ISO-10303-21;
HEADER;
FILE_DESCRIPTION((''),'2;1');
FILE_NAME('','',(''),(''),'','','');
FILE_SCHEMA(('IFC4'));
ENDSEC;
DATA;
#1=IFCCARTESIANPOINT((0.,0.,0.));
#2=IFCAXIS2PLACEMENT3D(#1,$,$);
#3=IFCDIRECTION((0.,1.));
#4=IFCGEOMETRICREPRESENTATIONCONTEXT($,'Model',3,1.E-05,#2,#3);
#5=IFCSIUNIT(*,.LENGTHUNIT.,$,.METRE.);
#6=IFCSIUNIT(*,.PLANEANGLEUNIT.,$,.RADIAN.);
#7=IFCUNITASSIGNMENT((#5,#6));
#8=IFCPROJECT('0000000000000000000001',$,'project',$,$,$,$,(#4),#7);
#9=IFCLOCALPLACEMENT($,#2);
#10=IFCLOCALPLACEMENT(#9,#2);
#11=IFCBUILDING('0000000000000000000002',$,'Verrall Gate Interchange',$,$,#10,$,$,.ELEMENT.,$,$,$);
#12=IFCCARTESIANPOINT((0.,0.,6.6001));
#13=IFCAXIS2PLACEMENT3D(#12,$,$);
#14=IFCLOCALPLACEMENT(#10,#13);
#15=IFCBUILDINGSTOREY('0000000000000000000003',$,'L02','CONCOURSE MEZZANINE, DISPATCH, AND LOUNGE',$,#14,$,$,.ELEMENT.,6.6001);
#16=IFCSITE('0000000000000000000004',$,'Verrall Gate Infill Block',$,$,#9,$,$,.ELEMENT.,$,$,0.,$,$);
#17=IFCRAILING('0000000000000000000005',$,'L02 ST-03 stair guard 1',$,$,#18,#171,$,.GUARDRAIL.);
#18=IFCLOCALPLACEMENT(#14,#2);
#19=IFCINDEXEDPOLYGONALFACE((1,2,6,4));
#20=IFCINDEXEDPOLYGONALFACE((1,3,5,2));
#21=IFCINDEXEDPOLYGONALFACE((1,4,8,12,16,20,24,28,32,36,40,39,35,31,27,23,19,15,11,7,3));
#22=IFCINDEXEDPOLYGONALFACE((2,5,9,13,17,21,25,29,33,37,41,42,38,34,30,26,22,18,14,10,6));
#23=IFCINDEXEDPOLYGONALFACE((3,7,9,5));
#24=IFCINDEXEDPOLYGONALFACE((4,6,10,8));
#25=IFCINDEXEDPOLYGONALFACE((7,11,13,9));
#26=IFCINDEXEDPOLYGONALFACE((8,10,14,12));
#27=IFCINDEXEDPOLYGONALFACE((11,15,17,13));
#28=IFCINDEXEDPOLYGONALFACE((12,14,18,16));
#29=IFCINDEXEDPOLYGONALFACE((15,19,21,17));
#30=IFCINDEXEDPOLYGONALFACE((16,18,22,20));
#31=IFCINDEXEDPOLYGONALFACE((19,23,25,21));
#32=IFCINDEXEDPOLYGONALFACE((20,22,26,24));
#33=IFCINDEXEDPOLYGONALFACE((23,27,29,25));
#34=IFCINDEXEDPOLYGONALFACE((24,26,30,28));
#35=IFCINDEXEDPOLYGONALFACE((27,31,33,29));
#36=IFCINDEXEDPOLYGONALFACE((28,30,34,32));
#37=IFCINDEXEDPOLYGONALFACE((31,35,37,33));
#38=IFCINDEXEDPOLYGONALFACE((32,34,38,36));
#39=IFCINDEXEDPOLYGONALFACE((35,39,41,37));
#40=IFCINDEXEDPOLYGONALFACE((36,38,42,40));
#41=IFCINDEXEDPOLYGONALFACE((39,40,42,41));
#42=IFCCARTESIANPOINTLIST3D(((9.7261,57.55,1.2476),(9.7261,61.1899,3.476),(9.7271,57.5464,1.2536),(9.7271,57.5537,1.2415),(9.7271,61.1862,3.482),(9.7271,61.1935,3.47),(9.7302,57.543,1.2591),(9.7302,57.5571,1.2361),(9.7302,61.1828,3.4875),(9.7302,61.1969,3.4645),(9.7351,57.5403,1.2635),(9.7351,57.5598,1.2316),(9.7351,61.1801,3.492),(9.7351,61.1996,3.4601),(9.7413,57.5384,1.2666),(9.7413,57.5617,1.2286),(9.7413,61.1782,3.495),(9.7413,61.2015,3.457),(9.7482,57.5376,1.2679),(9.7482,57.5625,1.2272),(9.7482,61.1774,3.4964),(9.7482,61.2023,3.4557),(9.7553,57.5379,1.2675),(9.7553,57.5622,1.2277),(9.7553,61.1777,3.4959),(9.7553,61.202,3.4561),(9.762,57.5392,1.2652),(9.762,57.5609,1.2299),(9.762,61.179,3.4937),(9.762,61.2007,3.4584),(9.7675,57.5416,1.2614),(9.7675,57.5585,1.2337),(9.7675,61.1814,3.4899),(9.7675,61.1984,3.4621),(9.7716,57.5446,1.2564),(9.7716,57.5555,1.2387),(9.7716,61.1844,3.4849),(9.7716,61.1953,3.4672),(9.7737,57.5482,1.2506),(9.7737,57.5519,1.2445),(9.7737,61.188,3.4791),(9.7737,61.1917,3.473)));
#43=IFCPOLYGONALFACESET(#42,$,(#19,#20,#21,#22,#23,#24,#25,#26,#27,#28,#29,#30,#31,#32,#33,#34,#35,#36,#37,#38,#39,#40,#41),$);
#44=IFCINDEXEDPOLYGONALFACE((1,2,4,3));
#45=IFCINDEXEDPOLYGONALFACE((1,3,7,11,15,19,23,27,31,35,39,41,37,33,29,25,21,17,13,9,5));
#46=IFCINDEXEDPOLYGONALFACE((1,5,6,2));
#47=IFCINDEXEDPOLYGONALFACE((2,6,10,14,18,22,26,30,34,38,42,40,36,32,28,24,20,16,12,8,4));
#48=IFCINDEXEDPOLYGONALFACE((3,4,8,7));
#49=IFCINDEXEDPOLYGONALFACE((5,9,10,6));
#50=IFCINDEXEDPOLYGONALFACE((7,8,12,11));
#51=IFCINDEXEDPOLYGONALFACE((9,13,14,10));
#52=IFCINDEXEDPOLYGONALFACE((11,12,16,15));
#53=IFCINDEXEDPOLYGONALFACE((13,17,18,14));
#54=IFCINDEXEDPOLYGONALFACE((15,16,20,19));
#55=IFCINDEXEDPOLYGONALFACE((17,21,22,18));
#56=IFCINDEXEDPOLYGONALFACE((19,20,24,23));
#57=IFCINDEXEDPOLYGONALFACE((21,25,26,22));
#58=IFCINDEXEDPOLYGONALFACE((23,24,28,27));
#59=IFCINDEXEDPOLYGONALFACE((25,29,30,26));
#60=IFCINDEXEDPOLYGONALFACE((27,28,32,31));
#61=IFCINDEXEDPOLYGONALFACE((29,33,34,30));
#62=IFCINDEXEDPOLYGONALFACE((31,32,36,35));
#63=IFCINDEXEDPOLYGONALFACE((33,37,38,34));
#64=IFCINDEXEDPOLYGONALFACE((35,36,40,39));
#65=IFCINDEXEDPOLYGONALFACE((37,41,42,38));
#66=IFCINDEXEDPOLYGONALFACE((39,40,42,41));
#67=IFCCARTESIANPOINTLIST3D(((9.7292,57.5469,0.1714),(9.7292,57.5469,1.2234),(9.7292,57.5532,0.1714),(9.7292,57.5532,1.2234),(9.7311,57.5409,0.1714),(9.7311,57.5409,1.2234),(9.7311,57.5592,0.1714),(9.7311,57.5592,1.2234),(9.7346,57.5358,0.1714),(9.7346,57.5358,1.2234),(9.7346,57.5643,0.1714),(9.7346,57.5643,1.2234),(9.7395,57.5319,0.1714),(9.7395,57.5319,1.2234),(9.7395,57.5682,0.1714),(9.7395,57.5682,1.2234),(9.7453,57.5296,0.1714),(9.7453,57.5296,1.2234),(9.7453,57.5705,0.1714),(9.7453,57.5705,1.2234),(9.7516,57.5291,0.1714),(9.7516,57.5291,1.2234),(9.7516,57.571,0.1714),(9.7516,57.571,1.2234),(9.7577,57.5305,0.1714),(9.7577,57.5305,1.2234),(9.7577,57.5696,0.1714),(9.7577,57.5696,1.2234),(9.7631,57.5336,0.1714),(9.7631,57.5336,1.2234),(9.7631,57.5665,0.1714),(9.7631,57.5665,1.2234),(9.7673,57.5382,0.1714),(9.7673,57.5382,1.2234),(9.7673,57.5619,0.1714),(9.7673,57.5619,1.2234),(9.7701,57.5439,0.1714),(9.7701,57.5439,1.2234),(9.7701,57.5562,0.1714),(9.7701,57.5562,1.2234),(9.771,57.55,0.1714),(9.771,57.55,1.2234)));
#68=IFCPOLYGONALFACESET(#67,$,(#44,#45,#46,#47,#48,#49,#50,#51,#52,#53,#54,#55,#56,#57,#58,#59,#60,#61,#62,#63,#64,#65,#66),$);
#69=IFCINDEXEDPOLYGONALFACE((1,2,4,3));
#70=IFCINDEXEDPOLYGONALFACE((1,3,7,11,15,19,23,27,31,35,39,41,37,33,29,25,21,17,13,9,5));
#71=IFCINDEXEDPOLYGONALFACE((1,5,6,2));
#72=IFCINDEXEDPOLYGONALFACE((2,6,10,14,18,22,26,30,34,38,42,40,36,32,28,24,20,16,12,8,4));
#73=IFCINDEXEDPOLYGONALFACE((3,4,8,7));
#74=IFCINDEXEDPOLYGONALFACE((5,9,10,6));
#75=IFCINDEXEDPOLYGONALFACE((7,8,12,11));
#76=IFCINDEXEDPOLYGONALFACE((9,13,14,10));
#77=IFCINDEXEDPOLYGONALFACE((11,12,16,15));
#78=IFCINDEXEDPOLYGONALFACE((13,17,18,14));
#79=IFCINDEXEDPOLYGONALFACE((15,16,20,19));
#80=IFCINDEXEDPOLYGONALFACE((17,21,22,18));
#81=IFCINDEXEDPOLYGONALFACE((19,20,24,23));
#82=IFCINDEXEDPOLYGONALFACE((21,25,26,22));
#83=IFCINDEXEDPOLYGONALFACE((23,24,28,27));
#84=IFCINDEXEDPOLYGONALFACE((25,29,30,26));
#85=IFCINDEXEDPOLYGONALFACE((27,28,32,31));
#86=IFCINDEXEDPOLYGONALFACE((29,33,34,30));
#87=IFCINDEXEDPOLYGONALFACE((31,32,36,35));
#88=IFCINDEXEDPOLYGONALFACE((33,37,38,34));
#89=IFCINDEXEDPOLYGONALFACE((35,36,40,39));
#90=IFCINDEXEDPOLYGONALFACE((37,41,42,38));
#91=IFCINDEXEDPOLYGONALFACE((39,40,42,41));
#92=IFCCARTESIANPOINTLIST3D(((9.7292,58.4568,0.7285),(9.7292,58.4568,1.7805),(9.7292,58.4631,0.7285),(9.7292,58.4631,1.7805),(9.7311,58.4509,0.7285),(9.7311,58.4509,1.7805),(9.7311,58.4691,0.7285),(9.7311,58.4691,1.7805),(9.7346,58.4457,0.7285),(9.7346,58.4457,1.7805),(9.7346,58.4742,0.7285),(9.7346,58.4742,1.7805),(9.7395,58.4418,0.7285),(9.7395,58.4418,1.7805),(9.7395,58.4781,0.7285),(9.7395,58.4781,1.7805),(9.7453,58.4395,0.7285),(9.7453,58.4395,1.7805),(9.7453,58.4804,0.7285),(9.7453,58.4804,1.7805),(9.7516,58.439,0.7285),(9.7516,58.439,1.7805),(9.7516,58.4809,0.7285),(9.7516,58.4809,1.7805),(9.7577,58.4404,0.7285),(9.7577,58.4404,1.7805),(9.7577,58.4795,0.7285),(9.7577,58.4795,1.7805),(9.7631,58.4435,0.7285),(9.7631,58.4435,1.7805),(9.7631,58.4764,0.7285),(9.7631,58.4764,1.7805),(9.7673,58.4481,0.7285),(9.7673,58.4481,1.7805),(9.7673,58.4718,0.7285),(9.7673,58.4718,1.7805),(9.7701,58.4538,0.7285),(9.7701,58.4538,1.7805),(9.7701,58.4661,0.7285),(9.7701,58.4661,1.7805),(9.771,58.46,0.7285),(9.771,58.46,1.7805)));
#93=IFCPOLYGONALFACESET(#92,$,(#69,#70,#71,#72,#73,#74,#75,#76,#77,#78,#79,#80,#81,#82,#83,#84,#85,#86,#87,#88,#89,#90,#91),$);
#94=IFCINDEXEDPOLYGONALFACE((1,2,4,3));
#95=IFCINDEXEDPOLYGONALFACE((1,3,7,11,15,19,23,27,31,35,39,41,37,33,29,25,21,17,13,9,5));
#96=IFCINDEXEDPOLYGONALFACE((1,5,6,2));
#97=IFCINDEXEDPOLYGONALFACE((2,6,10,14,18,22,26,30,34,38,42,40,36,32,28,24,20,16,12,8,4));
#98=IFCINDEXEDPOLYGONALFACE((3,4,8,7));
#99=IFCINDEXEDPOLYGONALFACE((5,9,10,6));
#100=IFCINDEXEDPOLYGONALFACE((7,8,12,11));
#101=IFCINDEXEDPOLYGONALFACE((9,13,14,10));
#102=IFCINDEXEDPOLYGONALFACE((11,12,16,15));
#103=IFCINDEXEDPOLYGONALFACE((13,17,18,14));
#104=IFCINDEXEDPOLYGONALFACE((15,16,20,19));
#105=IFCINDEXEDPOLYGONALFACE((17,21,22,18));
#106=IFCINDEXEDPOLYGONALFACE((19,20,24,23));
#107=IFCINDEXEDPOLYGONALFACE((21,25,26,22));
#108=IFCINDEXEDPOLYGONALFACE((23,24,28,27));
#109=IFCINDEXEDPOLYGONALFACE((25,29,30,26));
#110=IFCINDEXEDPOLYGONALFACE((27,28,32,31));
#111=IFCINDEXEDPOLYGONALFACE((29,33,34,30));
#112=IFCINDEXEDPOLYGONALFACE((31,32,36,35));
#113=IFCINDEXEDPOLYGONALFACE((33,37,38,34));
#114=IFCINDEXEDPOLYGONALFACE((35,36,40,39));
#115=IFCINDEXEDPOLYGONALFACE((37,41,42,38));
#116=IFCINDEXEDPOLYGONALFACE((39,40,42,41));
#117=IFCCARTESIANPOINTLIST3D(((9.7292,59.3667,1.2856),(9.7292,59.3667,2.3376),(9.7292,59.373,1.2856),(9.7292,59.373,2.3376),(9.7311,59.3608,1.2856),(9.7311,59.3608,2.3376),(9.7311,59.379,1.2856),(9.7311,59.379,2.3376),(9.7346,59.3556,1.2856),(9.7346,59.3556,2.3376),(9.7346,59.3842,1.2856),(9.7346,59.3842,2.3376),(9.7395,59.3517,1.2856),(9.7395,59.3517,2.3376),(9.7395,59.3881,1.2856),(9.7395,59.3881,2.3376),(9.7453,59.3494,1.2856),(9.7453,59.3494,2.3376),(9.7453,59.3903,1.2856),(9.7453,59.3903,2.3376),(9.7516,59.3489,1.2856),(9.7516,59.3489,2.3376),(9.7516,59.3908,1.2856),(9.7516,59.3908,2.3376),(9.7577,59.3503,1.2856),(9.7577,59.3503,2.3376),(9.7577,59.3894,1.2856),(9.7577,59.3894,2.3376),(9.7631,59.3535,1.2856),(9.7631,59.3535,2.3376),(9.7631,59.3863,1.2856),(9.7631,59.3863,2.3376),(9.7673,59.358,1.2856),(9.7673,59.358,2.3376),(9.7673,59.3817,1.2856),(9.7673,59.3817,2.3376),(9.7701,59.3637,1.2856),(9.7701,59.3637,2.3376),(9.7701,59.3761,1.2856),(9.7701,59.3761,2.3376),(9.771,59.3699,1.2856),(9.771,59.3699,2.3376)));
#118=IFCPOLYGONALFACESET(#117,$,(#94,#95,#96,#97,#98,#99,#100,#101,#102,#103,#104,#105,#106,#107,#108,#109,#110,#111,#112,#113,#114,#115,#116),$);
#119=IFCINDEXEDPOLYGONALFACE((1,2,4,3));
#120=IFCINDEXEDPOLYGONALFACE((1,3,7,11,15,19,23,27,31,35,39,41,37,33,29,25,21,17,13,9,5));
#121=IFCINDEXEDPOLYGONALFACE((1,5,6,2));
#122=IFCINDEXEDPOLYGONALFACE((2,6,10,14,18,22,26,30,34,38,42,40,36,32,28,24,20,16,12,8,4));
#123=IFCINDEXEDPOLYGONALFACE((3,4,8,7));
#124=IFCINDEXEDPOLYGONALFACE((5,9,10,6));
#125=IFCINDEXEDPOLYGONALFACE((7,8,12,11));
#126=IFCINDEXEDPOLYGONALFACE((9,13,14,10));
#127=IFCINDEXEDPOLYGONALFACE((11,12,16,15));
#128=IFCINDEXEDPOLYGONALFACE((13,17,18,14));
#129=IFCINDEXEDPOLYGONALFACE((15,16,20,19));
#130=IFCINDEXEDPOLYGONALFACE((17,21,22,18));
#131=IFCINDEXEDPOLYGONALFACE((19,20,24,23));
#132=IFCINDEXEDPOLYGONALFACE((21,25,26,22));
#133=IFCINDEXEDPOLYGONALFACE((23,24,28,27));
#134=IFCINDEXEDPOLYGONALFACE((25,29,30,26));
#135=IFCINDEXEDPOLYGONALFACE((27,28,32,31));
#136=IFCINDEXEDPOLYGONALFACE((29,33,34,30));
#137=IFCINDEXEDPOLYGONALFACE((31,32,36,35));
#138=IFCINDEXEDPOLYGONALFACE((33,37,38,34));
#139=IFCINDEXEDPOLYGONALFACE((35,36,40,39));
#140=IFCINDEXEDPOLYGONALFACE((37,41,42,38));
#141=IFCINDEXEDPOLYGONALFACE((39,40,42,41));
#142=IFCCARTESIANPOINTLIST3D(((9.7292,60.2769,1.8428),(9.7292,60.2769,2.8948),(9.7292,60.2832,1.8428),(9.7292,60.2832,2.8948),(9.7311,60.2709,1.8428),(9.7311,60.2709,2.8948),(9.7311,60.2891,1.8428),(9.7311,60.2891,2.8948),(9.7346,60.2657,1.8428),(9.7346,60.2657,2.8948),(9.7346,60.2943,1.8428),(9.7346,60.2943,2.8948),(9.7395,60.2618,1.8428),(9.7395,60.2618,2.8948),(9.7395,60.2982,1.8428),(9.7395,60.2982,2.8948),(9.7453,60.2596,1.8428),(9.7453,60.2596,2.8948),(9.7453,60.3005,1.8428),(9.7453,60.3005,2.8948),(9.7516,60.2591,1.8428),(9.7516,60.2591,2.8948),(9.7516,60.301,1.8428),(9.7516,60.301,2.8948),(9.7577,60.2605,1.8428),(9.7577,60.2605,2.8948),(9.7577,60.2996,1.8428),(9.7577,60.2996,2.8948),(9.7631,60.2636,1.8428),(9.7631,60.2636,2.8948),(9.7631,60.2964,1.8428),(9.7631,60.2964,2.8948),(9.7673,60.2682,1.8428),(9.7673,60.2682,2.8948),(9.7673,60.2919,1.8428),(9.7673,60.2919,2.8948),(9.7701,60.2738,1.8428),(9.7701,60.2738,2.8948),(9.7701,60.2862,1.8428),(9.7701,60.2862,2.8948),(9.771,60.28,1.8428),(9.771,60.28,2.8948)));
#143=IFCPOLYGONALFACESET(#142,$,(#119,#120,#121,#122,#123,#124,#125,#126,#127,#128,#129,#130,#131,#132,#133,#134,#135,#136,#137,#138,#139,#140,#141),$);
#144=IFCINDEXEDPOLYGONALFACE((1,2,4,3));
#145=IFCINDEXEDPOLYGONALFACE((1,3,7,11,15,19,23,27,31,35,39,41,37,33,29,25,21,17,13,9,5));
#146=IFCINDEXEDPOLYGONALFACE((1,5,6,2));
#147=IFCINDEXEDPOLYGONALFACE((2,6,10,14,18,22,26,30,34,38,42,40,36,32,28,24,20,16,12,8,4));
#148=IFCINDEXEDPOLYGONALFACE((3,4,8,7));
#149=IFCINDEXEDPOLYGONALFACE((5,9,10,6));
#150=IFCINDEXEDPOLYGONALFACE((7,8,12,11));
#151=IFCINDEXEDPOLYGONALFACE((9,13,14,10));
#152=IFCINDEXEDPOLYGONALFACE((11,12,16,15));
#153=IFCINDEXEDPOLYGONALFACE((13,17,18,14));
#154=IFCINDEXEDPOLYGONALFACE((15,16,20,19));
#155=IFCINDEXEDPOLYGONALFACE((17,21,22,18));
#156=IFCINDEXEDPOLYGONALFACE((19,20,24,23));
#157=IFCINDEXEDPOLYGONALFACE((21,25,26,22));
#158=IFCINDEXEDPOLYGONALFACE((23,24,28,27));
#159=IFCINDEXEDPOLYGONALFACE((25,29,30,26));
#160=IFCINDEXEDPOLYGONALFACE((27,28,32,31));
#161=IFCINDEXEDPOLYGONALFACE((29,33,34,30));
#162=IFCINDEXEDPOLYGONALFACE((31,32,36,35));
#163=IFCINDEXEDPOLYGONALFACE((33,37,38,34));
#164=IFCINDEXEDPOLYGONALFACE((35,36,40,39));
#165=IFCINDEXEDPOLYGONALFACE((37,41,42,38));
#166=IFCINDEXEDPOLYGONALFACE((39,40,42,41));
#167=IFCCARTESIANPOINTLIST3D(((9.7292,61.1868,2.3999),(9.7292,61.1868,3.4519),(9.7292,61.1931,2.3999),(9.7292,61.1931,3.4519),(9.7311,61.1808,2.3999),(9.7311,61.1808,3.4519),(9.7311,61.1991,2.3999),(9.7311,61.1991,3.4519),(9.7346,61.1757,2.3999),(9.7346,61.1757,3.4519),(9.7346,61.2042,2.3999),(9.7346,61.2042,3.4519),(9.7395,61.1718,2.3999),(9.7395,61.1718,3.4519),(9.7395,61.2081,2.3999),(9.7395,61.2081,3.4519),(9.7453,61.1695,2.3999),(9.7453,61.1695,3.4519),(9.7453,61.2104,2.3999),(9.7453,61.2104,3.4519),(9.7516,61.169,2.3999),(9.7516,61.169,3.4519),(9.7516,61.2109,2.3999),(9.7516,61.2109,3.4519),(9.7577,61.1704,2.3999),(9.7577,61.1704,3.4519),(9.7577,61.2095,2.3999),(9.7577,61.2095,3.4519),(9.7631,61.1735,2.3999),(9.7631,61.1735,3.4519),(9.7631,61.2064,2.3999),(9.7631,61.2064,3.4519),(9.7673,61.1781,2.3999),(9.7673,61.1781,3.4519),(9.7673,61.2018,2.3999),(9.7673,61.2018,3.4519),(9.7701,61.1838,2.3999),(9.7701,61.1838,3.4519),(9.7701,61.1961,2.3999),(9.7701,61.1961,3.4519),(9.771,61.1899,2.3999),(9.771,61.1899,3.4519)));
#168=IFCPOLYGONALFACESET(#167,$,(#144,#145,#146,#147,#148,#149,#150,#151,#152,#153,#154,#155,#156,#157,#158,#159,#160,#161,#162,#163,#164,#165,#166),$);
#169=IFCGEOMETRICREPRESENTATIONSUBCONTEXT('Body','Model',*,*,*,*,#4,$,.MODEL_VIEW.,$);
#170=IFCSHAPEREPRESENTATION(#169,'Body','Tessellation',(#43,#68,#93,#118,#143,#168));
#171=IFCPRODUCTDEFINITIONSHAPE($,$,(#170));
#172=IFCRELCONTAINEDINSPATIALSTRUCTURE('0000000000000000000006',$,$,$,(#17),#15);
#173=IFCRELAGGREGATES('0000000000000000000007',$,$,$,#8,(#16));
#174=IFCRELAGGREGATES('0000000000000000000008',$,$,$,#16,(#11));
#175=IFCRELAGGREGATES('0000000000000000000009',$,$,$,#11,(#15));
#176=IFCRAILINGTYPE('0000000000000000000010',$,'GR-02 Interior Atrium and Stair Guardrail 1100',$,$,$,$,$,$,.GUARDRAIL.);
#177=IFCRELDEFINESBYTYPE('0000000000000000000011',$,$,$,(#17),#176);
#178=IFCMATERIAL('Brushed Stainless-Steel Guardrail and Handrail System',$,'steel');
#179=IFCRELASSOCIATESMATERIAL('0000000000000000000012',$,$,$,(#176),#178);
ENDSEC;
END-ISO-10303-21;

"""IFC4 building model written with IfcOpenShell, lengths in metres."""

from ifc_helpers import new_model, si_unit, direction, frame, origin, origin_2d, place, context, subcontext, project, spatial, circle, extrude, material, type_object, element, save


model = new_model("IFC4")

# Units and contexts
model_context = context("Model", 3, precision=1e-05, world=origin(), true_north=direction((0.0, 1.0)))
body_context = subcontext(model_context, "Body", "Model", "MODEL_VIEW")
ifc_project = project(units=[si_unit("LENGTHUNIT", "METRE"), si_unit("PLANEANGLEUNIT", "RADIAN")], contexts=[model_context])

# Site, building, storey
site_placement = place(None, origin())
site = spatial("IfcSite", under=ifc_project, at=site_placement, Name="Verrall Gate Infill Block", CompositionType="ELEMENT", RefElevation=0.0)
building_placement = place(site_placement, origin())
building = spatial("IfcBuilding", under=site, at=building_placement, Name="Verrall Gate Interchange", CompositionType="ELEMENT")
storey_placement = place(building_placement, frame((0.0, 0.0, 6.6001)))
storey = spatial("IfcBuildingStorey", under=building, at=storey_placement, Name="L02", Description="CONCOURSE MEZZANINE, DISPATCH, AND LOUNGE", CompositionType="ELEMENT", Elevation=6.6001)

# Railing
ifc_material_1 = material(Name="Brushed Stainless-Steel Guardrail and Handrail System", Category="steel")
railing_type_1 = type_object("IfcRailingType", Name="GR-02 Interior Atrium and Stair Guardrail 1100", PredefinedType="GUARDRAIL", material=ifc_material_1)
railing_1_placement = place(storey_placement, frame((9.75, 57.55, 0.1714)))
element("IfcRailing", 1, at=railing_1_placement, inside=storey, type_object=railing_type_1, Name="L02 ST-03 stair guard 1", PredefinedType="GUARDRAIL", context=body_context, shape_type="SweptSolid", body=[
    extrude(circle(Radius=0.0239, at=origin_2d()), frame((0.0, 0.0, 1.0762), z_axis=(0.0, 0.85285, 0.522156), x_axis=(-1.0, 0.0, 0.0)), (0.0, 0.0, 1.0), 4.2678),
    extrude(circle(Radius=0.021, at=origin_2d()), origin(), (0.0, 0.0, 1.0), 1.052),
    extrude(circle(Radius=0.021, at=origin_2d()), frame((0.0, 0.9099, 0.5571)), (0.0, 0.0, 1.0), 1.052),
    extrude(circle(Radius=0.021, at=origin_2d()), frame((0.0, 1.8198, 1.1143)), (0.0, 0.0, 1.0), 1.052),
    extrude(circle(Radius=0.021, at=origin_2d()), frame((0.0, 2.73, 1.6714)), (0.0, 0.0, 1.0), 1.052),
    extrude(circle(Radius=0.021, at=origin_2d()), frame((0.0, 3.6399, 2.2285)), (0.0, 0.0, 1.0), 1.052),
])

save(model, "model.ifc")
